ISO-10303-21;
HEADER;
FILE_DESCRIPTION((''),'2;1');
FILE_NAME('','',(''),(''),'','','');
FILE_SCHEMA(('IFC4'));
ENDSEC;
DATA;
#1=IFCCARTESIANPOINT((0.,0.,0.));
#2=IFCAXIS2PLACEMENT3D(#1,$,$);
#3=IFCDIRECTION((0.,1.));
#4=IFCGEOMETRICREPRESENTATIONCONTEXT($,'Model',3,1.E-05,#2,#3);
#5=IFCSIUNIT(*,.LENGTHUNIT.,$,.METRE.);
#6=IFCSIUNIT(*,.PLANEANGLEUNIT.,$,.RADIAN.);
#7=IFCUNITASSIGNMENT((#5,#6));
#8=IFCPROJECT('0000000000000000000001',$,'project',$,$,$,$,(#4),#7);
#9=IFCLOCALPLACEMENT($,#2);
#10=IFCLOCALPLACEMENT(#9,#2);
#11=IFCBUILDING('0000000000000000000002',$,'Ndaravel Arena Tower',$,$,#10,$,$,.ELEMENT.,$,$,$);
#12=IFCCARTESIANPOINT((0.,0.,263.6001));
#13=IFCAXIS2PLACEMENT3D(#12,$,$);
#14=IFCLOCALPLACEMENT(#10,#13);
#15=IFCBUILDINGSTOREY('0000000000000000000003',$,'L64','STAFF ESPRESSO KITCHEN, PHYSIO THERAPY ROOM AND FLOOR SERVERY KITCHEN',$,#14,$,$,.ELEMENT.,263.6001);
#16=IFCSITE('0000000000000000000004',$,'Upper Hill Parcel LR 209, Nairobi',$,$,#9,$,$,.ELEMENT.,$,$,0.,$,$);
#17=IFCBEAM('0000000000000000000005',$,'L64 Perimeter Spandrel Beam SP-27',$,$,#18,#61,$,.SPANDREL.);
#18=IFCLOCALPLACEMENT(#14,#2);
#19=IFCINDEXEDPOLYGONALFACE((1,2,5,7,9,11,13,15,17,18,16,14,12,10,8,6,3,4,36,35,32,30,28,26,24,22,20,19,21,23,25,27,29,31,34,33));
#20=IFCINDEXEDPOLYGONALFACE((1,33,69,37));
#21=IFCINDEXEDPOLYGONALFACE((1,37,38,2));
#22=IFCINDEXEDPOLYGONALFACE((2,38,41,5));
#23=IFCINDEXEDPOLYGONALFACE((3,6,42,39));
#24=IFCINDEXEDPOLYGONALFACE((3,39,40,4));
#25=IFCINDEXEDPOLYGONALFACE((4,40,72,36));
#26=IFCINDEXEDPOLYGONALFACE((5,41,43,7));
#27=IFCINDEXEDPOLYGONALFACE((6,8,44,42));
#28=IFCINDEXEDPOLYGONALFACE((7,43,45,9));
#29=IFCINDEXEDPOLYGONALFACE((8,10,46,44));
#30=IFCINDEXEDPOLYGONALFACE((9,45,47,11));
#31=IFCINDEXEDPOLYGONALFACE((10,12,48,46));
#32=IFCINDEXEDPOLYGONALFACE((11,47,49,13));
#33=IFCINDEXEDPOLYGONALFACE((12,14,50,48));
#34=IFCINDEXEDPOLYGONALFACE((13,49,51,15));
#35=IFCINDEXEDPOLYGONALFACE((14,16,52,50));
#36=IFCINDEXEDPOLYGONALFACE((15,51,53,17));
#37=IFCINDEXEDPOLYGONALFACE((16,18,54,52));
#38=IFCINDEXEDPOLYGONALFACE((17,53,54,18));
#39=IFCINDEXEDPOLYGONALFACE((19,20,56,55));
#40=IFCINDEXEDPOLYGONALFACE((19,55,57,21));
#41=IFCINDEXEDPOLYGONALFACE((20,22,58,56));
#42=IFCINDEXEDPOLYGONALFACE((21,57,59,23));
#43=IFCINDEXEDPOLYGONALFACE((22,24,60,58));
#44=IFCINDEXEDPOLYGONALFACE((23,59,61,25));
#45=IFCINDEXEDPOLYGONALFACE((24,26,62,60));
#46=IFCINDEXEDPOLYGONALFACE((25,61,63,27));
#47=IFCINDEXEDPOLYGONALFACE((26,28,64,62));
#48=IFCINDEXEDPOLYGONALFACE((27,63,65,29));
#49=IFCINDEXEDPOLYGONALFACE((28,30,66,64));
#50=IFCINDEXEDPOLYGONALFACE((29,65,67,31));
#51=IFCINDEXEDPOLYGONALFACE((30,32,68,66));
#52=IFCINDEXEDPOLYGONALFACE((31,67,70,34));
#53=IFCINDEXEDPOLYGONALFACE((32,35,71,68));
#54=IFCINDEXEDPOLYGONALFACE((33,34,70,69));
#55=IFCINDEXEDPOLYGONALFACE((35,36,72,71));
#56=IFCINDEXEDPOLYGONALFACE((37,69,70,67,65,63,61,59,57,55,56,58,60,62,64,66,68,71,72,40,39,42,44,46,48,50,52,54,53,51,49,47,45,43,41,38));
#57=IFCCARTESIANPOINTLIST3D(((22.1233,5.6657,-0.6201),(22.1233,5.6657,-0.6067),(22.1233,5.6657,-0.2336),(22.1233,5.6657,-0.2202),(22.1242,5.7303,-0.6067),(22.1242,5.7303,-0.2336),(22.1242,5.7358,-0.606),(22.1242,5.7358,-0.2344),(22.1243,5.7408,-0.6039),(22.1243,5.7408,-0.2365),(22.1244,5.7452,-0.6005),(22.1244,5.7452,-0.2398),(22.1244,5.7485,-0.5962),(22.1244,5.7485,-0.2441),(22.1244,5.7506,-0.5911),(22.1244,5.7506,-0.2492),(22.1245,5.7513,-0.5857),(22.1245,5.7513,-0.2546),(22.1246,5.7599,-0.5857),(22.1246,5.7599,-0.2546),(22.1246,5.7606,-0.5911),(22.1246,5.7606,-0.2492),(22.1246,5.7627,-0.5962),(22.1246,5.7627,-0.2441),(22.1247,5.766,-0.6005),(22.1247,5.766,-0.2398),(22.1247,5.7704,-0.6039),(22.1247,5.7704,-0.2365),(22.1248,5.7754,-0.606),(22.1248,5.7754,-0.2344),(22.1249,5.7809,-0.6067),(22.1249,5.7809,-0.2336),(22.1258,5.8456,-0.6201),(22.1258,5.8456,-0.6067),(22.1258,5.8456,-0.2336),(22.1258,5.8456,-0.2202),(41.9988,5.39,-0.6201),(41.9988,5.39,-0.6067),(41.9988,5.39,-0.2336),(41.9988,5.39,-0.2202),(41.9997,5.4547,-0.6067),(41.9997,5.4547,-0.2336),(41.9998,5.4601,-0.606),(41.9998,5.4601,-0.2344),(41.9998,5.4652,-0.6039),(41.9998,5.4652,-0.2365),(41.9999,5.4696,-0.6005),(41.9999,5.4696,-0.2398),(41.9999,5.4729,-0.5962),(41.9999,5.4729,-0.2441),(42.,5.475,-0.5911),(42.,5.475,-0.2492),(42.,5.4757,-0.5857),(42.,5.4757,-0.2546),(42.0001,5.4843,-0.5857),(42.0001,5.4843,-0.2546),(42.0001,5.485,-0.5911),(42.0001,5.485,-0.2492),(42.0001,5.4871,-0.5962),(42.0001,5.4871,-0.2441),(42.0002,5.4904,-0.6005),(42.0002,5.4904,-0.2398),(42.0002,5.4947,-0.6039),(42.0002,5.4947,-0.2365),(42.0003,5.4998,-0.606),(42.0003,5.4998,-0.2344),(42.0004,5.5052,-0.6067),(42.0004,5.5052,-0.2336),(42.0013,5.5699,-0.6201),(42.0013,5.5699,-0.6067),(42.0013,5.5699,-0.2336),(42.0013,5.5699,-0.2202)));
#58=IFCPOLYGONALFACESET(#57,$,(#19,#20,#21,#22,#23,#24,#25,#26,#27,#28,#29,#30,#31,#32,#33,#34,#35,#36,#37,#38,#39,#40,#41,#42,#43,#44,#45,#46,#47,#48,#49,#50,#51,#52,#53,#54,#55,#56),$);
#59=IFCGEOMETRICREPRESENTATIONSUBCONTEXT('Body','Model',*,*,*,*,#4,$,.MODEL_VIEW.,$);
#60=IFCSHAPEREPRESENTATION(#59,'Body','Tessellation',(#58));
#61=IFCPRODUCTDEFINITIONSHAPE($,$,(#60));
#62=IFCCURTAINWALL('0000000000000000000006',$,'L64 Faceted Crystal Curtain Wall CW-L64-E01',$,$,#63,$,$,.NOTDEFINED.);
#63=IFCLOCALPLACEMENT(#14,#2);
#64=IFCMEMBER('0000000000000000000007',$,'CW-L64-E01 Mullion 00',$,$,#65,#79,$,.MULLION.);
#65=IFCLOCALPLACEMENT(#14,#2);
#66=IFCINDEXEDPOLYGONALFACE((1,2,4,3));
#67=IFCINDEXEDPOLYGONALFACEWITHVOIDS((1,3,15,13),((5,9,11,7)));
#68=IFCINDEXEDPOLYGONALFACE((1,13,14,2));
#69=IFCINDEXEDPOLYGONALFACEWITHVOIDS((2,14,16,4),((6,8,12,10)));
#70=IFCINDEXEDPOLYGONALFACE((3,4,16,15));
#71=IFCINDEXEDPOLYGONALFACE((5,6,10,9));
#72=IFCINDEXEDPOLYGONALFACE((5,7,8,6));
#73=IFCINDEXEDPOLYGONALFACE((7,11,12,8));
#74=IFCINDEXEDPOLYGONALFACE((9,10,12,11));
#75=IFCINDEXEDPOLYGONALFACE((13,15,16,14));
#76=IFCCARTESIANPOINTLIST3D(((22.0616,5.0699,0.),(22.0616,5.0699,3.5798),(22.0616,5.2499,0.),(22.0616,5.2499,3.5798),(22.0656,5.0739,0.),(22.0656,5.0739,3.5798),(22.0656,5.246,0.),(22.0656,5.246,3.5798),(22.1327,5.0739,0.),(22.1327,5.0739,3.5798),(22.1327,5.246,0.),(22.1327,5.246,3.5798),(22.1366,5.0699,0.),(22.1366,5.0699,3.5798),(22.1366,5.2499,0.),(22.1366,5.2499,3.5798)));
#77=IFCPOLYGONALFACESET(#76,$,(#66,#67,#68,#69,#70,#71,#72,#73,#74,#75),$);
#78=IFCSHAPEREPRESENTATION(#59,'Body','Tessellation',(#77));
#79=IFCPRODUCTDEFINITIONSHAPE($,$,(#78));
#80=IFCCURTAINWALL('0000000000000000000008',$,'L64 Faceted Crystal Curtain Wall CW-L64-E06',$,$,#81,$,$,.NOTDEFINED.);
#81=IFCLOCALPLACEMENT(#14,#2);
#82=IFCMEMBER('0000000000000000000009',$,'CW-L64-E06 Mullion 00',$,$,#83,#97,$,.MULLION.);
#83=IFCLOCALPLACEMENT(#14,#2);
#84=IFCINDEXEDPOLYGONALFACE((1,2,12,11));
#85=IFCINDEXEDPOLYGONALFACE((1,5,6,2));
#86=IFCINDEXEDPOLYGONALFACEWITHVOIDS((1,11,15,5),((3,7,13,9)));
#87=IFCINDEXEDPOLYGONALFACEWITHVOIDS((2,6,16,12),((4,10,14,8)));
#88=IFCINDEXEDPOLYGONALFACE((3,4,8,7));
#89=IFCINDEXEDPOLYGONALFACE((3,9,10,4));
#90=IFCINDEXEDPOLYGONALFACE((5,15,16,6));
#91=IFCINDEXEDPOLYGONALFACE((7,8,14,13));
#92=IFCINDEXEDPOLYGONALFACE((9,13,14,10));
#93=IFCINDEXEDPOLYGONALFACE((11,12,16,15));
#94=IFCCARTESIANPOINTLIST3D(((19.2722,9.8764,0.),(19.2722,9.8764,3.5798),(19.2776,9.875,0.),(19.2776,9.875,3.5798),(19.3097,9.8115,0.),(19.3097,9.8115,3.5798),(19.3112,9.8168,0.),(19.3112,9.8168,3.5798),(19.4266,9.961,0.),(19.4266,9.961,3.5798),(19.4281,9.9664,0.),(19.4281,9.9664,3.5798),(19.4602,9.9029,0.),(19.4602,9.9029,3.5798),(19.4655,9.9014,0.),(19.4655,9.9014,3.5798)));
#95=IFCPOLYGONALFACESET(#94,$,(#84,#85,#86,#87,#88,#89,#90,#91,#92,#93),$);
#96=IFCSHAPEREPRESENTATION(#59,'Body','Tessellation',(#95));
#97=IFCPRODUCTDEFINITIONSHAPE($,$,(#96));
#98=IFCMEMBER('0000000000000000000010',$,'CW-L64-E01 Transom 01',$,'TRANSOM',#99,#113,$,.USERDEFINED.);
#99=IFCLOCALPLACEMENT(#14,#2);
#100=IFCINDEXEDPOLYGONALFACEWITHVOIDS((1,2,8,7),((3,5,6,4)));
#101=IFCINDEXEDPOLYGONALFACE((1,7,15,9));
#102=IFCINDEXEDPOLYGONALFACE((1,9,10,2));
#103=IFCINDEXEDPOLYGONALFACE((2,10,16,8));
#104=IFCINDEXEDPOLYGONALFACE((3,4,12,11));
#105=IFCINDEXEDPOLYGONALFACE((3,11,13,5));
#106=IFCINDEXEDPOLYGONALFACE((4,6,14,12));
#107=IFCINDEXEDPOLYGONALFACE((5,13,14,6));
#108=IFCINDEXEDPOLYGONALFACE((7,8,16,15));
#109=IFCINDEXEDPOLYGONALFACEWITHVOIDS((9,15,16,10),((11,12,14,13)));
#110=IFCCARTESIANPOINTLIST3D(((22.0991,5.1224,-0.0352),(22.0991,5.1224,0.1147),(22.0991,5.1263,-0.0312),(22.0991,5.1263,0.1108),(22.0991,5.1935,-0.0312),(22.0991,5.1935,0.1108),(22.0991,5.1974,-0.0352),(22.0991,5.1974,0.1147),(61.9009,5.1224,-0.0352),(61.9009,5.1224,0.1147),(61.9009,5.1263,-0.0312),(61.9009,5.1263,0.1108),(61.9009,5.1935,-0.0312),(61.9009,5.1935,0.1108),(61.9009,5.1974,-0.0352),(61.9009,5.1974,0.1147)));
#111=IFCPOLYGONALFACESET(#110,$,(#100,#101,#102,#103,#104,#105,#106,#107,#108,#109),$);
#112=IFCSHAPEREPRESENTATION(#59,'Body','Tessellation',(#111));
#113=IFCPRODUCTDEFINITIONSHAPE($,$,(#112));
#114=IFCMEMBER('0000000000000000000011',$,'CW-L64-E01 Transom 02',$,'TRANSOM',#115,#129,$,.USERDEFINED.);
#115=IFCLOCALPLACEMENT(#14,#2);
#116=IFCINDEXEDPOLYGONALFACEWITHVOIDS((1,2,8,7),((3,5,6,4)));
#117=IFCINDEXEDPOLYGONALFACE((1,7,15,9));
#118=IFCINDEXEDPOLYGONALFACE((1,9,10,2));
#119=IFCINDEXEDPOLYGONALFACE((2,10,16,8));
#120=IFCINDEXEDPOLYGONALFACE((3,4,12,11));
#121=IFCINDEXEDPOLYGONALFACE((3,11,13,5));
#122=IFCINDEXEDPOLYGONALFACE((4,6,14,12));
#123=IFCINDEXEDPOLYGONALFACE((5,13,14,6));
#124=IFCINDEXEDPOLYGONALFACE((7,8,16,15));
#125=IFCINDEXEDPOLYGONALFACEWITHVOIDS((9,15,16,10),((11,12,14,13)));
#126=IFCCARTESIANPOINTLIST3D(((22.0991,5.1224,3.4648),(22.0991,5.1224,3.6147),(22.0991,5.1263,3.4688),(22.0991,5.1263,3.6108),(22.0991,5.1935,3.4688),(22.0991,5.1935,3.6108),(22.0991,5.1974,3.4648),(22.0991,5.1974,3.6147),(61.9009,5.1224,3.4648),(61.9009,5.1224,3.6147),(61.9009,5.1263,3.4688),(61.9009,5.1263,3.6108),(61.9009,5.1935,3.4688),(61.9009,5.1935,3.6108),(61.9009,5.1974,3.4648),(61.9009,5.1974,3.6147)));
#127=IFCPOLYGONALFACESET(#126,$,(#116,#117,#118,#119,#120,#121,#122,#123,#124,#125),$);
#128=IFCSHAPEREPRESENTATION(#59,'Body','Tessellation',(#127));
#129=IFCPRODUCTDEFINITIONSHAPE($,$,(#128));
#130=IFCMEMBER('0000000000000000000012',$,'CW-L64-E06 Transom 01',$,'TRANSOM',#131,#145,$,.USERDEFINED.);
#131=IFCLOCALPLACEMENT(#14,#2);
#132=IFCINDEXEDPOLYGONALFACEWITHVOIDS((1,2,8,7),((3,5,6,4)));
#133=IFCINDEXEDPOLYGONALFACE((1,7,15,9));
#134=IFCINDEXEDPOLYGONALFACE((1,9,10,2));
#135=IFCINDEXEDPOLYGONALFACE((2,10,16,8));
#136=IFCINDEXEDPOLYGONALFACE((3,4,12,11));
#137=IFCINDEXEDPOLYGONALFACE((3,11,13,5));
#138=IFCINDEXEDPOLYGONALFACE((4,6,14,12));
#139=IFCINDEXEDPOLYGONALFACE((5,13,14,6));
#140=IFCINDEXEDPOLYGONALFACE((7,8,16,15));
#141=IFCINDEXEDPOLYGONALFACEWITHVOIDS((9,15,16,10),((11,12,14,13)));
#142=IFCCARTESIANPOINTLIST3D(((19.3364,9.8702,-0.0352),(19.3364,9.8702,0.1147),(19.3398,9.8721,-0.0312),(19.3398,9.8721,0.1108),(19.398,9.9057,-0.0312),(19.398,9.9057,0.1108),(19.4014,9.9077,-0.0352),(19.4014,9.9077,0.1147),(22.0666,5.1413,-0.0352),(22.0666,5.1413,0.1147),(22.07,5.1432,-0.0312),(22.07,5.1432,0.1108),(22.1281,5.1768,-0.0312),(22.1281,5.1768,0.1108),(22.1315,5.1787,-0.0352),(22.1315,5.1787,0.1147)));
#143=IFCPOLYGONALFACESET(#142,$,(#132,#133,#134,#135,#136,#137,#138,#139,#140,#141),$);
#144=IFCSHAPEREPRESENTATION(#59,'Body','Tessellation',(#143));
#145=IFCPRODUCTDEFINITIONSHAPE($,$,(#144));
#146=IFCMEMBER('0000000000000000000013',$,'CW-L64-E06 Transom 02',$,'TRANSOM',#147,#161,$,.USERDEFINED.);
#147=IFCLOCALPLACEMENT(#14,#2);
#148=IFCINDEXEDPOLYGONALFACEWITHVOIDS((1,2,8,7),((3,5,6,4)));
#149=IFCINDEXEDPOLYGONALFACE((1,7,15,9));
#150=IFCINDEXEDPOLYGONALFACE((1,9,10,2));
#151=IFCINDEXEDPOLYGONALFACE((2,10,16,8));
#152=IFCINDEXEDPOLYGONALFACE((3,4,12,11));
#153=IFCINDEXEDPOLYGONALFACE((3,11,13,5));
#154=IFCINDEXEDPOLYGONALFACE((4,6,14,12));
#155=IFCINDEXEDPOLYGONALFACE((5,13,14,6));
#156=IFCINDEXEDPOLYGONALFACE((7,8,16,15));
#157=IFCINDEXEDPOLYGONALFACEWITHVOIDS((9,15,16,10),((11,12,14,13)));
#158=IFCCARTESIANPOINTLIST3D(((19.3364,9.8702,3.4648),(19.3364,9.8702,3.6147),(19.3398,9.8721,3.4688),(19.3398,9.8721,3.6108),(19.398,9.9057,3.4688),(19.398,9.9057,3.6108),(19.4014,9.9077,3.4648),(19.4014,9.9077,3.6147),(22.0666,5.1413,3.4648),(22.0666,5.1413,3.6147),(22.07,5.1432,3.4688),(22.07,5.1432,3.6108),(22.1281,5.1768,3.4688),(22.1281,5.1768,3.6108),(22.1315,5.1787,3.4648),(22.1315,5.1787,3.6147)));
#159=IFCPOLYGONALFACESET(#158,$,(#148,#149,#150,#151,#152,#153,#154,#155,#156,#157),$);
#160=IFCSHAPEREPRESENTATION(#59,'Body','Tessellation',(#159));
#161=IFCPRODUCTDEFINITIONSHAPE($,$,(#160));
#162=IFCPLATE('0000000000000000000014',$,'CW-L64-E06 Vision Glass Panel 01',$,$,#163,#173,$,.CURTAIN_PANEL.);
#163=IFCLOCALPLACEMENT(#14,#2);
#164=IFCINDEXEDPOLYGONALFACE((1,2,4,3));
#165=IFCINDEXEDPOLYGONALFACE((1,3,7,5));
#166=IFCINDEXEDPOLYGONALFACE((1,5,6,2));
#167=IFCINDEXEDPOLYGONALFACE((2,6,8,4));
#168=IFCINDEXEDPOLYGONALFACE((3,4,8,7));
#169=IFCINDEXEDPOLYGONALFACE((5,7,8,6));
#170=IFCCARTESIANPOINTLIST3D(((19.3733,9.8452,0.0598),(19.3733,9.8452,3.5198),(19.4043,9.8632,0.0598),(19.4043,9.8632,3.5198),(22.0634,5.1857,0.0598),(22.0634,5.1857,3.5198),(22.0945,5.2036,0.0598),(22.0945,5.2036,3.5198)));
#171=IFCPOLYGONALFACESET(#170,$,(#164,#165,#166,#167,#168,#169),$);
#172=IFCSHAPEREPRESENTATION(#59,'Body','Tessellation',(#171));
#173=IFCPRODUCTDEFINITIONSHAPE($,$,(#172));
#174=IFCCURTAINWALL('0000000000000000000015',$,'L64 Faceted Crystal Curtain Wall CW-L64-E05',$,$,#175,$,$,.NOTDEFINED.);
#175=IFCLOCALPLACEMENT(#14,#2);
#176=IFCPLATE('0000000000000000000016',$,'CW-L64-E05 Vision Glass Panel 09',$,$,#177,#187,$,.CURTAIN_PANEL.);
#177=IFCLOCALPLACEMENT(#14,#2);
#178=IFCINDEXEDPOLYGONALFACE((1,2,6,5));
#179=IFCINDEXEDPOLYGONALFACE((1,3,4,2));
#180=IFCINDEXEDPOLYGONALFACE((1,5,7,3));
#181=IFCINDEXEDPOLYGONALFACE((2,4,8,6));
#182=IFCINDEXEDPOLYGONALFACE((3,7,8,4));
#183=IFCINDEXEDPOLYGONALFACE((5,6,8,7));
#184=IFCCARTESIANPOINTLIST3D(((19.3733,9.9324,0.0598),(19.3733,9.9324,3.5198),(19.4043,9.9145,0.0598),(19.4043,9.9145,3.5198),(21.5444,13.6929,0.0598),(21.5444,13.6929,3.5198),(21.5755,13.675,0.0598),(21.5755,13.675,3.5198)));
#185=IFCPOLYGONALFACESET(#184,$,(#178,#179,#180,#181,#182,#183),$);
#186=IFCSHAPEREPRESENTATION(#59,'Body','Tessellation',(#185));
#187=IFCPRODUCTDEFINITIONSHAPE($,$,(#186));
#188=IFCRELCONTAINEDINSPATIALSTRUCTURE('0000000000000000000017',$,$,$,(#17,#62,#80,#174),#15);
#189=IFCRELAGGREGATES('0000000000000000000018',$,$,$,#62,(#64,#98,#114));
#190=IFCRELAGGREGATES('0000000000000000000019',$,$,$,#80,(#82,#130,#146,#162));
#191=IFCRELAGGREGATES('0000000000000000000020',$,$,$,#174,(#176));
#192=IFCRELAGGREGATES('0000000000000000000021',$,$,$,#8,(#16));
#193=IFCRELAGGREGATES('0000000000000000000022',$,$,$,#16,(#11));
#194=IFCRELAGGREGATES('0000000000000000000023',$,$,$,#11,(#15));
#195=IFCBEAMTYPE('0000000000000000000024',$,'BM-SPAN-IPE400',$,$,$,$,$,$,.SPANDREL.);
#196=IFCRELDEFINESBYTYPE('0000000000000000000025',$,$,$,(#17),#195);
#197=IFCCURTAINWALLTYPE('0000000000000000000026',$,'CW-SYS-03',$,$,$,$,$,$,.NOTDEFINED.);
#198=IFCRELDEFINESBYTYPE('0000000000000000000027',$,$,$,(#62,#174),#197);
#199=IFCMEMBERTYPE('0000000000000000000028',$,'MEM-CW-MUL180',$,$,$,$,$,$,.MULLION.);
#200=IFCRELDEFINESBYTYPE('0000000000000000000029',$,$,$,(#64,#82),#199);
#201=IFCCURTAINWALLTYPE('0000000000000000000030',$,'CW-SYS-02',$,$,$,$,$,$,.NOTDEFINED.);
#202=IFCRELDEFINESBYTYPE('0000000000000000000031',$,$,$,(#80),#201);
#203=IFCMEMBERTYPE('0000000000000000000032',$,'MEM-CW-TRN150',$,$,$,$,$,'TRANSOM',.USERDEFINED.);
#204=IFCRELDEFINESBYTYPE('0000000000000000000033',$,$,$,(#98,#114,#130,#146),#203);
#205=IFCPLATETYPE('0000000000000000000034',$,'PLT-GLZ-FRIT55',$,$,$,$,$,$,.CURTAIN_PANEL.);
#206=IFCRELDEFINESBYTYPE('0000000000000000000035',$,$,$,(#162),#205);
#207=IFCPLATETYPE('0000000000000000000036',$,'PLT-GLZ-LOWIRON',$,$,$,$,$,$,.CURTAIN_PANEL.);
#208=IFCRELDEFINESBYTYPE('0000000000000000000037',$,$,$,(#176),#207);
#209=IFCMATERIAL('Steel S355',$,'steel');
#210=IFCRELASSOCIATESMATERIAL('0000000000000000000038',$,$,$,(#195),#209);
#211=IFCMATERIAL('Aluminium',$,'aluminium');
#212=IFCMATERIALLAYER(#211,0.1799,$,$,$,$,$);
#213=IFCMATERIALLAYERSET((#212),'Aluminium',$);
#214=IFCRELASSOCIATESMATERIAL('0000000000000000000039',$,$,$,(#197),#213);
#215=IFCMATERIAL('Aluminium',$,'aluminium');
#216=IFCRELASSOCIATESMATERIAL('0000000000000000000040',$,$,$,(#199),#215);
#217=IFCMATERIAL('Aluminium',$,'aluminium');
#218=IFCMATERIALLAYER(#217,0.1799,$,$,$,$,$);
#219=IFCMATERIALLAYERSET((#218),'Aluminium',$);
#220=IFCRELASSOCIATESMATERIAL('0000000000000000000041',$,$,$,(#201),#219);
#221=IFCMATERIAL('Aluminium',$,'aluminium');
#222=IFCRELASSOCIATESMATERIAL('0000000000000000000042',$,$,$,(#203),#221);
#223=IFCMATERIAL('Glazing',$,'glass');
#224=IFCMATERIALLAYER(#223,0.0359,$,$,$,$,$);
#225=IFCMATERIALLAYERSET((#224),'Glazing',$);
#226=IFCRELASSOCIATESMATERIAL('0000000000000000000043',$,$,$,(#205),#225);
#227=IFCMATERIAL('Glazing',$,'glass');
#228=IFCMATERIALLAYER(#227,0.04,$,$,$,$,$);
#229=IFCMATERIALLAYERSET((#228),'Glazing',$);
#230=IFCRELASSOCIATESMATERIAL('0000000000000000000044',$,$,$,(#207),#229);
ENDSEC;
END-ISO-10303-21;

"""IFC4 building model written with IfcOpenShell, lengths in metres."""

from ifc_helpers import new_model, si_unit, direction, frame, origin, origin_2d, place, context, subcontext, project, spatial, rectangle, hollow_rectangle, i_section, extrude, material, layer, layer_set, material_profile, profile_set, type_object, element, aggregate, save


model = new_model("IFC4")

# Units and contexts
model_context = context("Model", 3, precision=1e-05, world=origin(), true_north=direction((0.0, 1.0)))
body_context = subcontext(model_context, "Body", "Model", "MODEL_VIEW")
ifc_project = project(units=[si_unit("LENGTHUNIT", "METRE"), si_unit("PLANEANGLEUNIT", "RADIAN")], contexts=[model_context])

# Site, building, storey
site_placement = place(None, origin())
site = spatial("IfcSite", under=ifc_project, at=site_placement, Name="Upper Hill Parcel LR 209, Nairobi", CompositionType="ELEMENT", RefElevation=0.0)
building_placement = place(site_placement, origin())
building = spatial("IfcBuilding", under=site, at=building_placement, Name="Ndaravel Arena Tower", CompositionType="ELEMENT")
storey_placement = place(building_placement, frame((0.0, 0.0, 263.6001)))
storey = spatial("IfcBuildingStorey", under=building, at=storey_placement, Name="L64", Description="STAFF ESPRESSO KITCHEN, PHYSIO THERAPY ROOM AND FLOOR SERVERY KITCHEN", CompositionType="ELEMENT", Elevation=263.6001)

# Beam
ifc_material_1 = material(Name="Steel S355", Category="steel")
ifc_material_profile_1 = material_profile(ifc_material_1, i_section(OverallWidth=0.1799, OverallDepth=0.3999, WebThickness=0.0085, FlangeThickness=0.0134, FilletRadius=0.021, at=origin_2d()), Name="IPE 400")
ifc_profile_set_1 = profile_set([ifc_material_profile_1], Name="Steel S355")
beam_type = type_object("IfcBeamType", Name="BM-SPAN-IPE400", PredefinedType="SPANDREL", material=ifc_profile_set_1)
beam_1_placement = place(storey_placement, frame((22.1245, 5.7556, -0.4202), z_axis=(0.999904, -0.013867, 0.0), x_axis=(0.013867, 0.999904, 0.0)))
element("IfcBeam", 1, at=beam_1_placement, inside=storey, type_object=beam_type, Name="L64 Perimeter Spandrel Beam SP-27", PredefinedType="SPANDREL", context=body_context, shape_type="SweptSolid", body=[
    extrude(i_section(OverallWidth=0.1799, OverallDepth=0.3999, WebThickness=0.0085, FlangeThickness=0.0134, FilletRadius=0.021, at=origin_2d()), origin(), (0.0, 0.0, 1.0), 19.8774),
])

# Curtain walls, members
ifc_material_2 = material(Name="Aluminium", Category="aluminium")
ifc_layer_1 = layer(ifc_material_2, 0.1799)
ifc_layer_set_1 = layer_set([ifc_layer_1], Name="Aluminium")
curtain_wall_type_1 = type_object("IfcCurtainWallType", Name="CW-SYS-03", PredefinedType="NOTDEFINED", material=ifc_layer_set_1)
curtain_wall_1_placement = place(storey_placement, origin())
curtain_wall_1 = element("IfcCurtainWall", 2, at=curtain_wall_1_placement, inside=storey, type_object=curtain_wall_type_1, Name="L64 Faceted Crystal Curtain Wall CW-L64-E01", PredefinedType="NOTDEFINED")
ifc_material_3 = material(Name="Aluminium", Category="aluminium")
ifc_material_profile_2 = material_profile(ifc_material_3, hollow_rectangle(XDim=0.075, YDim=0.1799, WallThickness=0.0039, at=origin_2d()), Name="CW MULLION 75x180x4")
ifc_profile_set_2 = profile_set([ifc_material_profile_2], Name="Aluminium")
member_type_1 = type_object("IfcMemberType", Name="MEM-CW-MUL180", PredefinedType="MULLION", material=ifc_profile_set_2)
member_1_placement = place(storey_placement, frame((22.0991, 5.1599, 0.0), z_axis=(0.0, 0.0, 1.0), x_axis=(1.0, 0.0, 0.0)))
member_1 = element("IfcMember", 3, at=member_1_placement, type_object=member_type_1, Name="CW-L64-E01 Mullion 00", PredefinedType="MULLION", context=body_context, shape_type="SweptSolid", body=[
    extrude(hollow_rectangle(XDim=0.075, YDim=0.1799, WallThickness=0.0039, at=origin_2d()), origin(), (0.0, 0.0, 1.0), 3.5798),
])
ifc_material_4 = material(Name="Aluminium", Category="aluminium")
ifc_layer_2 = layer(ifc_material_4, 0.1799)
ifc_layer_set_2 = layer_set([ifc_layer_2], Name="Aluminium")
curtain_wall_type_2 = type_object("IfcCurtainWallType", Name="CW-SYS-02", PredefinedType="NOTDEFINED", material=ifc_layer_set_2)
curtain_wall_2_placement = place(storey_placement, origin())
curtain_wall_2 = element("IfcCurtainWall", 4, at=curtain_wall_2_placement, inside=storey, type_object=curtain_wall_type_2, Name="L64 Faceted Crystal Curtain Wall CW-L64-E06", PredefinedType="NOTDEFINED")
member_2_placement = place(storey_placement, frame((19.3689, 9.8889, 0.0), z_axis=(0.0, 0.0, 1.0), x_axis=(0.5, -0.866025, 0.0)))
member_2 = element("IfcMember", 5, at=member_2_placement, type_object=member_type_1, Name="CW-L64-E06 Mullion 00", PredefinedType="MULLION", context=body_context, shape_type="SweptSolid", body=[
    extrude(hollow_rectangle(XDim=0.075, YDim=0.1799, WallThickness=0.0039, at=origin_2d()), origin(), (0.0, 0.0, 1.0), 3.5798),
])

# Members
ifc_material_5 = material(Name="Aluminium", Category="aluminium")
ifc_material_profile_3 = material_profile(ifc_material_5, hollow_rectangle(XDim=0.075, YDim=0.1499, WallThickness=0.0039, at=origin_2d()), Name="CW TRANSOM 75x150x4")
ifc_profile_set_3 = profile_set([ifc_material_profile_3], Name="Aluminium")
member_type_2 = type_object("IfcMemberType", Name="MEM-CW-TRN150", ElementType="TRANSOM", PredefinedType="USERDEFINED", material=ifc_profile_set_3)
member_3_placement = place(storey_placement, frame((22.0991, 5.1599, 0.0398), z_axis=(1.0, 0.0, 0.0), x_axis=(0.0, 1.0, 0.0)))
member_3 = element("IfcMember", 6, at=member_3_placement, type_object=member_type_2, Name="CW-L64-E01 Transom 01", ObjectType="TRANSOM", PredefinedType="USERDEFINED", context=body_context, shape_type="SweptSolid", body=[
    extrude(hollow_rectangle(XDim=0.075, YDim=0.1499, WallThickness=0.0039, at=origin_2d()), origin(), (0.0, 0.0, 1.0), 39.8018),
])
member_4_placement = place(storey_placement, frame((22.0991, 5.1599, 3.5398), z_axis=(1.0, 0.0, 0.0), x_axis=(0.0, 1.0, 0.0)))
member_4 = element("IfcMember", 7, at=member_4_placement, type_object=member_type_2, Name="CW-L64-E01 Transom 02", ObjectType="TRANSOM", PredefinedType="USERDEFINED", context=body_context, shape_type="SweptSolid", body=[
    extrude(hollow_rectangle(XDim=0.075, YDim=0.1499, WallThickness=0.0039, at=origin_2d()), origin(), (0.0, 0.0, 1.0), 39.8018),
])
aggregate(curtain_wall_1, [member_1, member_3, member_4])
member_5_placement = place(storey_placement, frame((19.3689, 9.8889, 0.0398), z_axis=(0.499991, -0.866031, 0.0), x_axis=(0.866031, 0.499991, 0.0)))
member_5 = element("IfcMember", 8, at=member_5_placement, type_object=member_type_2, Name="CW-L64-E06 Transom 01", ObjectType="TRANSOM", PredefinedType="USERDEFINED", context=body_context, shape_type="SweptSolid", body=[
    extrude(hollow_rectangle(XDim=0.075, YDim=0.1499, WallThickness=0.0039, at=origin_2d()), origin(), (0.0, 0.0, 1.0), 5.4604),
])
member_6_placement = place(storey_placement, frame((19.3689, 9.8889, 3.5398), z_axis=(0.499991, -0.866031, 0.0), x_axis=(0.866031, 0.499991, 0.0)))
member_6 = element("IfcMember", 9, at=member_6_placement, type_object=member_type_2, Name="CW-L64-E06 Transom 02", ObjectType="TRANSOM", PredefinedType="USERDEFINED", context=body_context, shape_type="SweptSolid", body=[
    extrude(hollow_rectangle(XDim=0.075, YDim=0.1499, WallThickness=0.0039, at=origin_2d()), origin(), (0.0, 0.0, 1.0), 5.4604),
])

# Plate
ifc_material_6 = material(Name="Glazing", Category="glass")
ifc_layer_3 = layer(ifc_material_6, 0.0359)
ifc_layer_set_3 = layer_set([ifc_layer_3], Name="Glazing")
plate_type_1 = type_object("IfcPlateType", Name="PLT-GLZ-FRIT55", PredefinedType="CURTAIN_PANEL", material=ifc_layer_set_3)
plate_1_placement = place(storey_placement, frame((20.7339, 7.5244, 0.0598), z_axis=(0.0, 0.0, 1.0), x_axis=(0.5, -0.866025, 0.0)))
plate_1 = element("IfcPlate", 10, at=plate_1_placement, type_object=plate_type_1, Name="CW-L64-E06 Vision Glass Panel 01", PredefinedType="CURTAIN_PANEL", context=body_context, shape_type="SweptSolid", body=[
    extrude(rectangle(XDim=5.3804, YDim=0.0359, at=origin_2d()), origin(), (0.0, 0.0, 1.0), 3.46),
])
aggregate(curtain_wall_2, [member_2, member_5, member_6, plate_1])

# Curtain wall, plate
curtain_wall_3_placement = place(storey_placement, origin())
curtain_wall_3 = element("IfcCurtainWall", 11, at=curtain_wall_3_placement, inside=storey, type_object=curtain_wall_type_1, Name="L64 Faceted Crystal Curtain Wall CW-L64-E05", PredefinedType="NOTDEFINED")
ifc_material_7 = material(Name="Glazing", Category="glass")
ifc_layer_4 = layer(ifc_material_7, 0.04)
ifc_layer_set_4 = layer_set([ifc_layer_4], Name="Glazing")
plate_type_2 = type_object("IfcPlateType", Name="PLT-GLZ-LOWIRON", PredefinedType="CURTAIN_PANEL", material=ifc_layer_set_4)
plate_2_placement = place(storey_placement, frame((20.4744, 11.8037, 0.0598), z_axis=(0.0, 0.0, 1.0), x_axis=(-0.5, -0.866025, 0.0)))
plate_2 = element("IfcPlate", 12, at=plate_2_placement, type_object=plate_type_2, Name="CW-L64-E05 Vision Glass Panel 09", PredefinedType="CURTAIN_PANEL", context=body_context, shape_type="SweptSolid", body=[
    extrude(rectangle(XDim=4.3423, YDim=0.0359, at=origin_2d()), origin(), (0.0, 0.0, 1.0), 3.46),
])
aggregate(curtain_wall_3, [plate_2])

save(model, "model.ifc")
